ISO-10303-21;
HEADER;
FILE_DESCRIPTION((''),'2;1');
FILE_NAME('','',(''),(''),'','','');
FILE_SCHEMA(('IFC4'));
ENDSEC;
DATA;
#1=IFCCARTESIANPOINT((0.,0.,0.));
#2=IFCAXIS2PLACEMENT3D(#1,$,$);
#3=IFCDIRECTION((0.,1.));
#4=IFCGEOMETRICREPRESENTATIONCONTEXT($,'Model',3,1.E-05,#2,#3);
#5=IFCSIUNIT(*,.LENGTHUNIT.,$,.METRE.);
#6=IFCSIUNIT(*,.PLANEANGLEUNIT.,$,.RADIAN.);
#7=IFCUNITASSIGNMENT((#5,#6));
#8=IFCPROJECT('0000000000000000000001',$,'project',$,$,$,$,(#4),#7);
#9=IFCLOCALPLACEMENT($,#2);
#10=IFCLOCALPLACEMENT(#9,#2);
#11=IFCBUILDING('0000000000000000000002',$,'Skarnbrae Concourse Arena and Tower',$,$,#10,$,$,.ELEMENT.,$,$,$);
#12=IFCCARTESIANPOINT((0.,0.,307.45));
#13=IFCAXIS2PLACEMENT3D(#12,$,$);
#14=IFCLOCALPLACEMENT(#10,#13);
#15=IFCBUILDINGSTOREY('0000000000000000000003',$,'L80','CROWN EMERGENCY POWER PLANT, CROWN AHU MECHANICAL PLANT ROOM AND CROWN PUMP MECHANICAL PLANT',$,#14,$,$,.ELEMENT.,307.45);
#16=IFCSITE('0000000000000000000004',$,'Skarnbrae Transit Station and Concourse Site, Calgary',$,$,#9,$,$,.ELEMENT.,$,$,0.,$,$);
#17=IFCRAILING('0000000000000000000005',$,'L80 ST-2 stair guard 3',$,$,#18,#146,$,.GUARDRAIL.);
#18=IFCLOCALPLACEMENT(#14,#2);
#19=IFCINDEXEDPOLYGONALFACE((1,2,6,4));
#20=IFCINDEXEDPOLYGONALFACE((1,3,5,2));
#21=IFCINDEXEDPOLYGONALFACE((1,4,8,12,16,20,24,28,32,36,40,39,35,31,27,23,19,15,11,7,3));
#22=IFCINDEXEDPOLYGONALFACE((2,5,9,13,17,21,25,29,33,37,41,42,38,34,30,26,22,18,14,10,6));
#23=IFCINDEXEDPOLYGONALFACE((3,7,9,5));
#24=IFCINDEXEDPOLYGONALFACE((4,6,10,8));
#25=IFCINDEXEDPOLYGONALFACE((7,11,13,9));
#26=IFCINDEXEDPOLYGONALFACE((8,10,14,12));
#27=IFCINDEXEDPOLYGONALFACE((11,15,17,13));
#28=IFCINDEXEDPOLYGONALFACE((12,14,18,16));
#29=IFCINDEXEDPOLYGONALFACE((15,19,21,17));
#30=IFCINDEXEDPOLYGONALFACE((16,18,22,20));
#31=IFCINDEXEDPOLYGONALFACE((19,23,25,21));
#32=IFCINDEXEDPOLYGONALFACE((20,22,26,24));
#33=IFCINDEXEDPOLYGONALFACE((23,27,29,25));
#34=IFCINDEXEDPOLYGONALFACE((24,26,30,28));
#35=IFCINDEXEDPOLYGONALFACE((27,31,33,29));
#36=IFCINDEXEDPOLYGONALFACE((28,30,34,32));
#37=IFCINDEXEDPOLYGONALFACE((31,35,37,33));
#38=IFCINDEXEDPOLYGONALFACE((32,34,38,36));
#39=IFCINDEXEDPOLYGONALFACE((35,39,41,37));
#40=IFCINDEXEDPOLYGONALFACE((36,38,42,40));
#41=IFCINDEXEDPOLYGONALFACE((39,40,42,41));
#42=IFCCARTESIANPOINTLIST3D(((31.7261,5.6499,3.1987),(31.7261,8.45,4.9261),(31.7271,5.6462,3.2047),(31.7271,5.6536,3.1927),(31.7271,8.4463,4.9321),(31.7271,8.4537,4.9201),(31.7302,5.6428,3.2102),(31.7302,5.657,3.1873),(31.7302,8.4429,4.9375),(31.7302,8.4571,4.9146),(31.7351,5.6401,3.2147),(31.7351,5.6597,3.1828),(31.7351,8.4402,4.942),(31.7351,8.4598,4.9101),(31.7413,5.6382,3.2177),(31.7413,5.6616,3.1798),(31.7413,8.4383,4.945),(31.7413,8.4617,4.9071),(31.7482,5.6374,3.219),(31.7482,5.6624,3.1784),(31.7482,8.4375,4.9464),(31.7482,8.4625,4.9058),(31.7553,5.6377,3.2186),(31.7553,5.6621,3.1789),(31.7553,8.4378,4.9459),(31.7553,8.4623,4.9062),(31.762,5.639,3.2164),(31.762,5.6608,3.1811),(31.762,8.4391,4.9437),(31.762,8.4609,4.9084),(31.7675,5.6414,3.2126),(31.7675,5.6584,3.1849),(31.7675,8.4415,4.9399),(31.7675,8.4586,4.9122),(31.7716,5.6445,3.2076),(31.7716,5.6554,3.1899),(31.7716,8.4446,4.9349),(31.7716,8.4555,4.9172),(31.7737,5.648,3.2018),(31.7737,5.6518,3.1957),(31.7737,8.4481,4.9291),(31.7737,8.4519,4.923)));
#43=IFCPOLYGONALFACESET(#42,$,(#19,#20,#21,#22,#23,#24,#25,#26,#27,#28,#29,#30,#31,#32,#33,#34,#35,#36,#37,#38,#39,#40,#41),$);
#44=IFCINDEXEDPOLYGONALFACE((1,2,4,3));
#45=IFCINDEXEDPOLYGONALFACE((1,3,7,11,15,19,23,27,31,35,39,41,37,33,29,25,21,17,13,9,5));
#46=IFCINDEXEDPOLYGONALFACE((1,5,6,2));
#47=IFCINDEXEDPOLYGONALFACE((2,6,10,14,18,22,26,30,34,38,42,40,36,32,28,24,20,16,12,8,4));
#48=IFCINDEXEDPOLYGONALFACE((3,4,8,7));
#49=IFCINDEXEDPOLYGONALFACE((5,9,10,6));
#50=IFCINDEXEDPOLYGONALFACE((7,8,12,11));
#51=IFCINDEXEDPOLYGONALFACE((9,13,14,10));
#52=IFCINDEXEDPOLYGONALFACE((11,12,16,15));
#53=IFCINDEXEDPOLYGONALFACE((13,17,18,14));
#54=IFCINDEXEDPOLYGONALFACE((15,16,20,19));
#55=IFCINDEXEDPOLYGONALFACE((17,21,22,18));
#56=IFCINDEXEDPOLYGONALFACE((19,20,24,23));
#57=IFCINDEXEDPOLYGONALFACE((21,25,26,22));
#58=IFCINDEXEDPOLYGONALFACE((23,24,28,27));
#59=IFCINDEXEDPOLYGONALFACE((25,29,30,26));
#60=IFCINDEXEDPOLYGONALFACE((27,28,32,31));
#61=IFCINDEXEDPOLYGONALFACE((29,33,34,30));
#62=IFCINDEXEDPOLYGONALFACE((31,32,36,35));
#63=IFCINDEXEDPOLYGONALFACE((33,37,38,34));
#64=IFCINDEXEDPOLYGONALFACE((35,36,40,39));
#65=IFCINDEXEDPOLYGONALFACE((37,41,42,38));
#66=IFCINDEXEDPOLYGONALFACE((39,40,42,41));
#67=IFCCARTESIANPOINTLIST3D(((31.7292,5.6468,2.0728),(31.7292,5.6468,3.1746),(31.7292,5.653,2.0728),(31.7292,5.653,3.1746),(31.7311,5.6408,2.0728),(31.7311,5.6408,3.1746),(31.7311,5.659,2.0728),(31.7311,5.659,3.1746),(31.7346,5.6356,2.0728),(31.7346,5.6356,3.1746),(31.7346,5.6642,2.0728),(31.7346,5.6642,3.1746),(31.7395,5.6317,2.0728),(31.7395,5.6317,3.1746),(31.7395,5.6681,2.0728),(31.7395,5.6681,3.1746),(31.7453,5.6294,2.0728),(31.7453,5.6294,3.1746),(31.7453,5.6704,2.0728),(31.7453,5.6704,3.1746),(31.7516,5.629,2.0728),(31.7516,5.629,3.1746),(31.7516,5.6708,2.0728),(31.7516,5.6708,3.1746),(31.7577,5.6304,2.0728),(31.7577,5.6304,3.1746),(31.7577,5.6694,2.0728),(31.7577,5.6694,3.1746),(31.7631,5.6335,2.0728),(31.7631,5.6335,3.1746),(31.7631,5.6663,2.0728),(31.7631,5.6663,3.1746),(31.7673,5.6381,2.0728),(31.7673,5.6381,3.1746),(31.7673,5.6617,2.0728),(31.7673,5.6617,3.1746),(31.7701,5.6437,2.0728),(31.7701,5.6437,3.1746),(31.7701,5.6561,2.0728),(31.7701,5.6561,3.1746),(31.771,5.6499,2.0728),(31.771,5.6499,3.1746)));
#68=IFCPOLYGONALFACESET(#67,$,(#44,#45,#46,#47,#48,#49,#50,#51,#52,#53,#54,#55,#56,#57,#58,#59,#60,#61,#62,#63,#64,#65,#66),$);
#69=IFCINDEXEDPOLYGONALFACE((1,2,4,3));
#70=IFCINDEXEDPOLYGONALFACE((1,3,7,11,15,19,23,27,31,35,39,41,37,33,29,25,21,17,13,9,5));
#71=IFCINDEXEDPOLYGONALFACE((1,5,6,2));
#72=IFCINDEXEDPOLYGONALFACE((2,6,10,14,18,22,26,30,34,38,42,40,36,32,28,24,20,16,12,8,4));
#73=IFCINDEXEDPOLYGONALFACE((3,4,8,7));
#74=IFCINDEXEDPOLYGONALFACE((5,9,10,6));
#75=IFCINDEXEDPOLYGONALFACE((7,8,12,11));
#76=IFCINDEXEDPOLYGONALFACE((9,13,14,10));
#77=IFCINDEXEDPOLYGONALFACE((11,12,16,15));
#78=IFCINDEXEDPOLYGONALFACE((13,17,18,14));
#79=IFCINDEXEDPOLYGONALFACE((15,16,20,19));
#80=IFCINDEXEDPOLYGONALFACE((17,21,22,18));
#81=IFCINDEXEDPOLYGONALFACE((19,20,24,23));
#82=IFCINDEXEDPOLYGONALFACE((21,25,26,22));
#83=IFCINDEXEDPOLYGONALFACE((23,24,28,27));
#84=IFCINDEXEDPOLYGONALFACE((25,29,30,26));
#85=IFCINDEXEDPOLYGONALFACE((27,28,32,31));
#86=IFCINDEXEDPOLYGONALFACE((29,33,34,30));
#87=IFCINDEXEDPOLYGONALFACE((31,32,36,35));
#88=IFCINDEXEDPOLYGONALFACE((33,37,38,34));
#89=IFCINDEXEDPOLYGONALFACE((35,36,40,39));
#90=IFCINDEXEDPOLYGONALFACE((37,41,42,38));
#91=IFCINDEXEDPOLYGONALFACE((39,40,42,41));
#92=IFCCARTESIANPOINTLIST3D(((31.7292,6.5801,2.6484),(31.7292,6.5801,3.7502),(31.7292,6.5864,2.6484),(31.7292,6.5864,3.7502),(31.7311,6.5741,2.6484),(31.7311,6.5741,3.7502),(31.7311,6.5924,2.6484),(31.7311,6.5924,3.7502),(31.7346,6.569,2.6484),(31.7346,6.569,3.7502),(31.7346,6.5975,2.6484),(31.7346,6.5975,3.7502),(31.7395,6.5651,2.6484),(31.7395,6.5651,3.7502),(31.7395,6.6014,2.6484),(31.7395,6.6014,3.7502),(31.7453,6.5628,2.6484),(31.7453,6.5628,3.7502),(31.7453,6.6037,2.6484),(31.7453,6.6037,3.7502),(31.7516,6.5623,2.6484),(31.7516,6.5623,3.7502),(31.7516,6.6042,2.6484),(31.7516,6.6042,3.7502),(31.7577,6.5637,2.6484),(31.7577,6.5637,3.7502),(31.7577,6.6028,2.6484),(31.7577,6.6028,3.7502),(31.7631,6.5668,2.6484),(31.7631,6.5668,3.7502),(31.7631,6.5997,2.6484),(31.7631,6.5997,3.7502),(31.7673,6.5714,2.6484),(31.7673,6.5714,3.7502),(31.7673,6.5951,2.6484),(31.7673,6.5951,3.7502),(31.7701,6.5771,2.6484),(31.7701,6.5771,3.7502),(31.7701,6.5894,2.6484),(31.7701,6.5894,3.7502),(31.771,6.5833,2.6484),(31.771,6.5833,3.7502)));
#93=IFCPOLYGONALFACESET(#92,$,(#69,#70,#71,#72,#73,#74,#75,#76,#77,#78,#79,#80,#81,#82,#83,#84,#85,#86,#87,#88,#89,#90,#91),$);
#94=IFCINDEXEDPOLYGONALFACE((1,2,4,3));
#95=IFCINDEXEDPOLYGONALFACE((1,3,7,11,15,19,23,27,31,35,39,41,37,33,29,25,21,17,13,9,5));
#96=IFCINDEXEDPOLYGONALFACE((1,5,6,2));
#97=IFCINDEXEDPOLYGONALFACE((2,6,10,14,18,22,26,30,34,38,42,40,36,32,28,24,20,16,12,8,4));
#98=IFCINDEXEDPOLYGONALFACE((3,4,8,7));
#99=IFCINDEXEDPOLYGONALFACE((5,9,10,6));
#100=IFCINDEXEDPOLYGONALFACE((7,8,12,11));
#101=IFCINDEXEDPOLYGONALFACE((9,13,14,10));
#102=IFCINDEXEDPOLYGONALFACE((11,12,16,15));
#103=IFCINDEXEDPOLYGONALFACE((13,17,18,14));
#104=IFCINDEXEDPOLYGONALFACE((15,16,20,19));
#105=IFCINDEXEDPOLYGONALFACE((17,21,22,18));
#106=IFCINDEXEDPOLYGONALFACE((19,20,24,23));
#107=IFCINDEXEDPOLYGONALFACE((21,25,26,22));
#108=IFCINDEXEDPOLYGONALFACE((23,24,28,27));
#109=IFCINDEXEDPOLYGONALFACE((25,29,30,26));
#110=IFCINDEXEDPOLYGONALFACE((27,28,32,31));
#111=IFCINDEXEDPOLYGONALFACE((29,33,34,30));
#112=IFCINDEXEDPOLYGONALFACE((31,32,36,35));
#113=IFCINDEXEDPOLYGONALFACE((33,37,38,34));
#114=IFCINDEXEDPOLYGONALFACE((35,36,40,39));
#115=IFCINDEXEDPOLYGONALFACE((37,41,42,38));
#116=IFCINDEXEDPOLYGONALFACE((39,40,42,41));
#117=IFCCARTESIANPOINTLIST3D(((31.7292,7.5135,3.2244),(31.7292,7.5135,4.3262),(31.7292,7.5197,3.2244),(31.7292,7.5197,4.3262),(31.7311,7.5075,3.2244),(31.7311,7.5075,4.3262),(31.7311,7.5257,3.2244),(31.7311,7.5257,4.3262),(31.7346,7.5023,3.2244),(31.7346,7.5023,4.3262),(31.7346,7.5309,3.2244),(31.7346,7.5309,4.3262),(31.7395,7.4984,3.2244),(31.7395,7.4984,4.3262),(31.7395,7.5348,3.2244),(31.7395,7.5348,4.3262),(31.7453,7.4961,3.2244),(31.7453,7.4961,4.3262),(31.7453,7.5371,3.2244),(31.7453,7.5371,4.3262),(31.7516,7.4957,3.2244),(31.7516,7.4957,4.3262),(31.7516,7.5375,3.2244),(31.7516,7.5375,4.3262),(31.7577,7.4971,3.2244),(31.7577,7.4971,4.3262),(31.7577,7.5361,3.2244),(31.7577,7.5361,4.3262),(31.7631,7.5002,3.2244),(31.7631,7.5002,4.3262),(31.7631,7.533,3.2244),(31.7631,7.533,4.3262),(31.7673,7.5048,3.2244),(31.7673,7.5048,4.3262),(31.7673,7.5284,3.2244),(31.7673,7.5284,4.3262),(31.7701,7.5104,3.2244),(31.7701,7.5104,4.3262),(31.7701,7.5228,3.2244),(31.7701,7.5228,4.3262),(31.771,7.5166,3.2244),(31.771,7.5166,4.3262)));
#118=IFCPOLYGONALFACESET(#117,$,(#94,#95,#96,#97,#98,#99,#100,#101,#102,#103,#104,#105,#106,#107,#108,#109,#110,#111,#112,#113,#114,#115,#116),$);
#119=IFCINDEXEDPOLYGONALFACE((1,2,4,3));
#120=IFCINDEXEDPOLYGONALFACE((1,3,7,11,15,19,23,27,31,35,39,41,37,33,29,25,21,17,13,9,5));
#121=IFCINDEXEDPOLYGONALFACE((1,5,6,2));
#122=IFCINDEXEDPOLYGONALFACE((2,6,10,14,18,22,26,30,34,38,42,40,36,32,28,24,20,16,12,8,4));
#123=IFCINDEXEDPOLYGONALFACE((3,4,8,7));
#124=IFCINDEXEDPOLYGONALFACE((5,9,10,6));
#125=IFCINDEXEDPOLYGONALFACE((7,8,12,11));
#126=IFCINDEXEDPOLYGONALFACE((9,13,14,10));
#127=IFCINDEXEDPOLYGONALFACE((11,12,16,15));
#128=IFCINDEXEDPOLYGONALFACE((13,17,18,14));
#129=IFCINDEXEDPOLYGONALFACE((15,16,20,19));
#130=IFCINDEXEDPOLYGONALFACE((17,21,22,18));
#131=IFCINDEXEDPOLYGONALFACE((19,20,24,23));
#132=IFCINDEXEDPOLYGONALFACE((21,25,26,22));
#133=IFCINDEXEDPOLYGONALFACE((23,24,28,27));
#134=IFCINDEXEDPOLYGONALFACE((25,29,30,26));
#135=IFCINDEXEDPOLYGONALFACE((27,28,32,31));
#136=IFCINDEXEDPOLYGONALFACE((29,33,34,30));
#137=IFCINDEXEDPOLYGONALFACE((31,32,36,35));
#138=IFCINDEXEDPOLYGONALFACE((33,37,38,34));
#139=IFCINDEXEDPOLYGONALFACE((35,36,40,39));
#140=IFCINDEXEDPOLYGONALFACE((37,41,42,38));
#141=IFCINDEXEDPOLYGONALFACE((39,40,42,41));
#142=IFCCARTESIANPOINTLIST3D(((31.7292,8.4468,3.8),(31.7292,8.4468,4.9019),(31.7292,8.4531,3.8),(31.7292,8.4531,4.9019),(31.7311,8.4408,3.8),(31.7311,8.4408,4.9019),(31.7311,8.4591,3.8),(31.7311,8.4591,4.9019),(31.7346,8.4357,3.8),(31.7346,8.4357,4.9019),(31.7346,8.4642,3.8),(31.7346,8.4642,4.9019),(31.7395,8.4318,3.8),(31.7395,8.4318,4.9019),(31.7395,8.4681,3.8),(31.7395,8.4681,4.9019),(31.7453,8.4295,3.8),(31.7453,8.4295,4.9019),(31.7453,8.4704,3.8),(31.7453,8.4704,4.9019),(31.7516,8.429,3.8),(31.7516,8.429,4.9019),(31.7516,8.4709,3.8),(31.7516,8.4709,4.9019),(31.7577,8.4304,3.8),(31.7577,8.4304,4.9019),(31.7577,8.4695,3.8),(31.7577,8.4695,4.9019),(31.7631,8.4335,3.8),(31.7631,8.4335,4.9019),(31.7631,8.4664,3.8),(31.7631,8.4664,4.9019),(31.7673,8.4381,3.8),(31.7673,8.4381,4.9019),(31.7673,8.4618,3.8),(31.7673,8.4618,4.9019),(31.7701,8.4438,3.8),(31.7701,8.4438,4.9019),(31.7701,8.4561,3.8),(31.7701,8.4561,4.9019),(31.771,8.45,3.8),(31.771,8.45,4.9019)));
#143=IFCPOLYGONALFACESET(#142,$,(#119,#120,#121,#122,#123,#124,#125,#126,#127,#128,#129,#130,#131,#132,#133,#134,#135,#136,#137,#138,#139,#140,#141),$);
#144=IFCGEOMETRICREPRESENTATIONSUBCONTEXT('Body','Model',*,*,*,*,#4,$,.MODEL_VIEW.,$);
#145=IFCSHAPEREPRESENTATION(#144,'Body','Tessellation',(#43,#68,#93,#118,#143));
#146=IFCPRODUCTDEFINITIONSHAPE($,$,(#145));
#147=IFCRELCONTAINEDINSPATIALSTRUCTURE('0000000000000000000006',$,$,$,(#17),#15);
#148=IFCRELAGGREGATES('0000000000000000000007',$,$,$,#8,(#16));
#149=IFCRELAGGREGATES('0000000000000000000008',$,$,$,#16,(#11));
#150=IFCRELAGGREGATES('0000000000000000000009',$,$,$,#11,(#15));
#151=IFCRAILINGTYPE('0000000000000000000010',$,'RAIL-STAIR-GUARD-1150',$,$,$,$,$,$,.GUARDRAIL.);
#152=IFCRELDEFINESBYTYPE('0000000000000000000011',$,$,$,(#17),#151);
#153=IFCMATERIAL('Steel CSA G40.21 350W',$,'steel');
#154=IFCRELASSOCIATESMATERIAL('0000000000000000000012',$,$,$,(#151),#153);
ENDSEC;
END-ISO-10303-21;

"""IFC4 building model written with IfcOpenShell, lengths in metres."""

from ifc_helpers import new_model, si_unit, direction, frame, origin, origin_2d, place, context, subcontext, project, spatial, circle, extrude, material, type_object, element, save


model = new_model("IFC4")

# Units and contexts
model_context = context("Model", 3, precision=1e-05, world=origin(), true_north=direction((0.0, 1.0)))
body_context = subcontext(model_context, "Body", "Model", "MODEL_VIEW")
ifc_project = project(units=[si_unit("LENGTHUNIT", "METRE"), si_unit("PLANEANGLEUNIT", "RADIAN")], contexts=[model_context])

# Site, building, storey
site_placement = place(None, origin())
site = spatial("IfcSite", under=ifc_project, at=site_placement, Name="Skarnbrae Transit Station and Concourse Site, Calgary", CompositionType="ELEMENT", RefElevation=0.0)
building_placement = place(site_placement, origin())
building = spatial("IfcBuilding", under=site, at=building_placement, Name="Skarnbrae Concourse Arena and Tower", CompositionType="ELEMENT")
storey_placement = place(building_placement, frame((0.0, 0.0, 307.45)))
storey = spatial("IfcBuildingStorey", under=building, at=storey_placement, Name="L80", Description="CROWN EMERGENCY POWER PLANT, CROWN AHU MECHANICAL PLANT ROOM AND CROWN PUMP MECHANICAL PLANT", CompositionType="ELEMENT", Elevation=307.45)

# Shared definitions
ifc_material_1 = material(Name="Steel CSA G40.21 350W", Category="steel")

# Railing
railing_type_1 = type_object("IfcRailingType", Name="RAIL-STAIR-GUARD-1150", PredefinedType="GUARDRAIL", material=ifc_material_1)
railing_1_placement = place(storey_placement, frame((31.75, 5.6499, 2.0728)))
element("IfcRailing", 1, at=railing_1_placement, inside=storey, type_object=railing_type_1, Name="L80 ST-2 stair guard 3", PredefinedType="GUARDRAIL", context=body_context, shape_type="SweptSolid", body=[
    extrude(circle(Radius=0.0239, at=origin_2d()), frame((0.0, 0.0, 1.126), z_axis=(0.0, 0.85109, 0.52502), x_axis=(-1.0, 0.0, 0.0)), (0.0, 0.0, 1.0), 3.29),
    extrude(circle(Radius=0.021, at=origin_2d()), origin(), (0.0, 0.0, 1.0), 1.1018),
    extrude(circle(Radius=0.021, at=origin_2d()), frame((0.0, 0.9333, 0.5757)), (0.0, 0.0, 1.0), 1.1018),
    extrude(circle(Radius=0.021, at=origin_2d()), frame((0.0, 1.8667, 1.1516)), (0.0, 0.0, 1.0), 1.1018),
    extrude(circle(Radius=0.021, at=origin_2d()), frame((0.0, 2.8, 1.7273)), (0.0, 0.0, 1.0), 1.1018),
])

save(model, "model.ifc")
